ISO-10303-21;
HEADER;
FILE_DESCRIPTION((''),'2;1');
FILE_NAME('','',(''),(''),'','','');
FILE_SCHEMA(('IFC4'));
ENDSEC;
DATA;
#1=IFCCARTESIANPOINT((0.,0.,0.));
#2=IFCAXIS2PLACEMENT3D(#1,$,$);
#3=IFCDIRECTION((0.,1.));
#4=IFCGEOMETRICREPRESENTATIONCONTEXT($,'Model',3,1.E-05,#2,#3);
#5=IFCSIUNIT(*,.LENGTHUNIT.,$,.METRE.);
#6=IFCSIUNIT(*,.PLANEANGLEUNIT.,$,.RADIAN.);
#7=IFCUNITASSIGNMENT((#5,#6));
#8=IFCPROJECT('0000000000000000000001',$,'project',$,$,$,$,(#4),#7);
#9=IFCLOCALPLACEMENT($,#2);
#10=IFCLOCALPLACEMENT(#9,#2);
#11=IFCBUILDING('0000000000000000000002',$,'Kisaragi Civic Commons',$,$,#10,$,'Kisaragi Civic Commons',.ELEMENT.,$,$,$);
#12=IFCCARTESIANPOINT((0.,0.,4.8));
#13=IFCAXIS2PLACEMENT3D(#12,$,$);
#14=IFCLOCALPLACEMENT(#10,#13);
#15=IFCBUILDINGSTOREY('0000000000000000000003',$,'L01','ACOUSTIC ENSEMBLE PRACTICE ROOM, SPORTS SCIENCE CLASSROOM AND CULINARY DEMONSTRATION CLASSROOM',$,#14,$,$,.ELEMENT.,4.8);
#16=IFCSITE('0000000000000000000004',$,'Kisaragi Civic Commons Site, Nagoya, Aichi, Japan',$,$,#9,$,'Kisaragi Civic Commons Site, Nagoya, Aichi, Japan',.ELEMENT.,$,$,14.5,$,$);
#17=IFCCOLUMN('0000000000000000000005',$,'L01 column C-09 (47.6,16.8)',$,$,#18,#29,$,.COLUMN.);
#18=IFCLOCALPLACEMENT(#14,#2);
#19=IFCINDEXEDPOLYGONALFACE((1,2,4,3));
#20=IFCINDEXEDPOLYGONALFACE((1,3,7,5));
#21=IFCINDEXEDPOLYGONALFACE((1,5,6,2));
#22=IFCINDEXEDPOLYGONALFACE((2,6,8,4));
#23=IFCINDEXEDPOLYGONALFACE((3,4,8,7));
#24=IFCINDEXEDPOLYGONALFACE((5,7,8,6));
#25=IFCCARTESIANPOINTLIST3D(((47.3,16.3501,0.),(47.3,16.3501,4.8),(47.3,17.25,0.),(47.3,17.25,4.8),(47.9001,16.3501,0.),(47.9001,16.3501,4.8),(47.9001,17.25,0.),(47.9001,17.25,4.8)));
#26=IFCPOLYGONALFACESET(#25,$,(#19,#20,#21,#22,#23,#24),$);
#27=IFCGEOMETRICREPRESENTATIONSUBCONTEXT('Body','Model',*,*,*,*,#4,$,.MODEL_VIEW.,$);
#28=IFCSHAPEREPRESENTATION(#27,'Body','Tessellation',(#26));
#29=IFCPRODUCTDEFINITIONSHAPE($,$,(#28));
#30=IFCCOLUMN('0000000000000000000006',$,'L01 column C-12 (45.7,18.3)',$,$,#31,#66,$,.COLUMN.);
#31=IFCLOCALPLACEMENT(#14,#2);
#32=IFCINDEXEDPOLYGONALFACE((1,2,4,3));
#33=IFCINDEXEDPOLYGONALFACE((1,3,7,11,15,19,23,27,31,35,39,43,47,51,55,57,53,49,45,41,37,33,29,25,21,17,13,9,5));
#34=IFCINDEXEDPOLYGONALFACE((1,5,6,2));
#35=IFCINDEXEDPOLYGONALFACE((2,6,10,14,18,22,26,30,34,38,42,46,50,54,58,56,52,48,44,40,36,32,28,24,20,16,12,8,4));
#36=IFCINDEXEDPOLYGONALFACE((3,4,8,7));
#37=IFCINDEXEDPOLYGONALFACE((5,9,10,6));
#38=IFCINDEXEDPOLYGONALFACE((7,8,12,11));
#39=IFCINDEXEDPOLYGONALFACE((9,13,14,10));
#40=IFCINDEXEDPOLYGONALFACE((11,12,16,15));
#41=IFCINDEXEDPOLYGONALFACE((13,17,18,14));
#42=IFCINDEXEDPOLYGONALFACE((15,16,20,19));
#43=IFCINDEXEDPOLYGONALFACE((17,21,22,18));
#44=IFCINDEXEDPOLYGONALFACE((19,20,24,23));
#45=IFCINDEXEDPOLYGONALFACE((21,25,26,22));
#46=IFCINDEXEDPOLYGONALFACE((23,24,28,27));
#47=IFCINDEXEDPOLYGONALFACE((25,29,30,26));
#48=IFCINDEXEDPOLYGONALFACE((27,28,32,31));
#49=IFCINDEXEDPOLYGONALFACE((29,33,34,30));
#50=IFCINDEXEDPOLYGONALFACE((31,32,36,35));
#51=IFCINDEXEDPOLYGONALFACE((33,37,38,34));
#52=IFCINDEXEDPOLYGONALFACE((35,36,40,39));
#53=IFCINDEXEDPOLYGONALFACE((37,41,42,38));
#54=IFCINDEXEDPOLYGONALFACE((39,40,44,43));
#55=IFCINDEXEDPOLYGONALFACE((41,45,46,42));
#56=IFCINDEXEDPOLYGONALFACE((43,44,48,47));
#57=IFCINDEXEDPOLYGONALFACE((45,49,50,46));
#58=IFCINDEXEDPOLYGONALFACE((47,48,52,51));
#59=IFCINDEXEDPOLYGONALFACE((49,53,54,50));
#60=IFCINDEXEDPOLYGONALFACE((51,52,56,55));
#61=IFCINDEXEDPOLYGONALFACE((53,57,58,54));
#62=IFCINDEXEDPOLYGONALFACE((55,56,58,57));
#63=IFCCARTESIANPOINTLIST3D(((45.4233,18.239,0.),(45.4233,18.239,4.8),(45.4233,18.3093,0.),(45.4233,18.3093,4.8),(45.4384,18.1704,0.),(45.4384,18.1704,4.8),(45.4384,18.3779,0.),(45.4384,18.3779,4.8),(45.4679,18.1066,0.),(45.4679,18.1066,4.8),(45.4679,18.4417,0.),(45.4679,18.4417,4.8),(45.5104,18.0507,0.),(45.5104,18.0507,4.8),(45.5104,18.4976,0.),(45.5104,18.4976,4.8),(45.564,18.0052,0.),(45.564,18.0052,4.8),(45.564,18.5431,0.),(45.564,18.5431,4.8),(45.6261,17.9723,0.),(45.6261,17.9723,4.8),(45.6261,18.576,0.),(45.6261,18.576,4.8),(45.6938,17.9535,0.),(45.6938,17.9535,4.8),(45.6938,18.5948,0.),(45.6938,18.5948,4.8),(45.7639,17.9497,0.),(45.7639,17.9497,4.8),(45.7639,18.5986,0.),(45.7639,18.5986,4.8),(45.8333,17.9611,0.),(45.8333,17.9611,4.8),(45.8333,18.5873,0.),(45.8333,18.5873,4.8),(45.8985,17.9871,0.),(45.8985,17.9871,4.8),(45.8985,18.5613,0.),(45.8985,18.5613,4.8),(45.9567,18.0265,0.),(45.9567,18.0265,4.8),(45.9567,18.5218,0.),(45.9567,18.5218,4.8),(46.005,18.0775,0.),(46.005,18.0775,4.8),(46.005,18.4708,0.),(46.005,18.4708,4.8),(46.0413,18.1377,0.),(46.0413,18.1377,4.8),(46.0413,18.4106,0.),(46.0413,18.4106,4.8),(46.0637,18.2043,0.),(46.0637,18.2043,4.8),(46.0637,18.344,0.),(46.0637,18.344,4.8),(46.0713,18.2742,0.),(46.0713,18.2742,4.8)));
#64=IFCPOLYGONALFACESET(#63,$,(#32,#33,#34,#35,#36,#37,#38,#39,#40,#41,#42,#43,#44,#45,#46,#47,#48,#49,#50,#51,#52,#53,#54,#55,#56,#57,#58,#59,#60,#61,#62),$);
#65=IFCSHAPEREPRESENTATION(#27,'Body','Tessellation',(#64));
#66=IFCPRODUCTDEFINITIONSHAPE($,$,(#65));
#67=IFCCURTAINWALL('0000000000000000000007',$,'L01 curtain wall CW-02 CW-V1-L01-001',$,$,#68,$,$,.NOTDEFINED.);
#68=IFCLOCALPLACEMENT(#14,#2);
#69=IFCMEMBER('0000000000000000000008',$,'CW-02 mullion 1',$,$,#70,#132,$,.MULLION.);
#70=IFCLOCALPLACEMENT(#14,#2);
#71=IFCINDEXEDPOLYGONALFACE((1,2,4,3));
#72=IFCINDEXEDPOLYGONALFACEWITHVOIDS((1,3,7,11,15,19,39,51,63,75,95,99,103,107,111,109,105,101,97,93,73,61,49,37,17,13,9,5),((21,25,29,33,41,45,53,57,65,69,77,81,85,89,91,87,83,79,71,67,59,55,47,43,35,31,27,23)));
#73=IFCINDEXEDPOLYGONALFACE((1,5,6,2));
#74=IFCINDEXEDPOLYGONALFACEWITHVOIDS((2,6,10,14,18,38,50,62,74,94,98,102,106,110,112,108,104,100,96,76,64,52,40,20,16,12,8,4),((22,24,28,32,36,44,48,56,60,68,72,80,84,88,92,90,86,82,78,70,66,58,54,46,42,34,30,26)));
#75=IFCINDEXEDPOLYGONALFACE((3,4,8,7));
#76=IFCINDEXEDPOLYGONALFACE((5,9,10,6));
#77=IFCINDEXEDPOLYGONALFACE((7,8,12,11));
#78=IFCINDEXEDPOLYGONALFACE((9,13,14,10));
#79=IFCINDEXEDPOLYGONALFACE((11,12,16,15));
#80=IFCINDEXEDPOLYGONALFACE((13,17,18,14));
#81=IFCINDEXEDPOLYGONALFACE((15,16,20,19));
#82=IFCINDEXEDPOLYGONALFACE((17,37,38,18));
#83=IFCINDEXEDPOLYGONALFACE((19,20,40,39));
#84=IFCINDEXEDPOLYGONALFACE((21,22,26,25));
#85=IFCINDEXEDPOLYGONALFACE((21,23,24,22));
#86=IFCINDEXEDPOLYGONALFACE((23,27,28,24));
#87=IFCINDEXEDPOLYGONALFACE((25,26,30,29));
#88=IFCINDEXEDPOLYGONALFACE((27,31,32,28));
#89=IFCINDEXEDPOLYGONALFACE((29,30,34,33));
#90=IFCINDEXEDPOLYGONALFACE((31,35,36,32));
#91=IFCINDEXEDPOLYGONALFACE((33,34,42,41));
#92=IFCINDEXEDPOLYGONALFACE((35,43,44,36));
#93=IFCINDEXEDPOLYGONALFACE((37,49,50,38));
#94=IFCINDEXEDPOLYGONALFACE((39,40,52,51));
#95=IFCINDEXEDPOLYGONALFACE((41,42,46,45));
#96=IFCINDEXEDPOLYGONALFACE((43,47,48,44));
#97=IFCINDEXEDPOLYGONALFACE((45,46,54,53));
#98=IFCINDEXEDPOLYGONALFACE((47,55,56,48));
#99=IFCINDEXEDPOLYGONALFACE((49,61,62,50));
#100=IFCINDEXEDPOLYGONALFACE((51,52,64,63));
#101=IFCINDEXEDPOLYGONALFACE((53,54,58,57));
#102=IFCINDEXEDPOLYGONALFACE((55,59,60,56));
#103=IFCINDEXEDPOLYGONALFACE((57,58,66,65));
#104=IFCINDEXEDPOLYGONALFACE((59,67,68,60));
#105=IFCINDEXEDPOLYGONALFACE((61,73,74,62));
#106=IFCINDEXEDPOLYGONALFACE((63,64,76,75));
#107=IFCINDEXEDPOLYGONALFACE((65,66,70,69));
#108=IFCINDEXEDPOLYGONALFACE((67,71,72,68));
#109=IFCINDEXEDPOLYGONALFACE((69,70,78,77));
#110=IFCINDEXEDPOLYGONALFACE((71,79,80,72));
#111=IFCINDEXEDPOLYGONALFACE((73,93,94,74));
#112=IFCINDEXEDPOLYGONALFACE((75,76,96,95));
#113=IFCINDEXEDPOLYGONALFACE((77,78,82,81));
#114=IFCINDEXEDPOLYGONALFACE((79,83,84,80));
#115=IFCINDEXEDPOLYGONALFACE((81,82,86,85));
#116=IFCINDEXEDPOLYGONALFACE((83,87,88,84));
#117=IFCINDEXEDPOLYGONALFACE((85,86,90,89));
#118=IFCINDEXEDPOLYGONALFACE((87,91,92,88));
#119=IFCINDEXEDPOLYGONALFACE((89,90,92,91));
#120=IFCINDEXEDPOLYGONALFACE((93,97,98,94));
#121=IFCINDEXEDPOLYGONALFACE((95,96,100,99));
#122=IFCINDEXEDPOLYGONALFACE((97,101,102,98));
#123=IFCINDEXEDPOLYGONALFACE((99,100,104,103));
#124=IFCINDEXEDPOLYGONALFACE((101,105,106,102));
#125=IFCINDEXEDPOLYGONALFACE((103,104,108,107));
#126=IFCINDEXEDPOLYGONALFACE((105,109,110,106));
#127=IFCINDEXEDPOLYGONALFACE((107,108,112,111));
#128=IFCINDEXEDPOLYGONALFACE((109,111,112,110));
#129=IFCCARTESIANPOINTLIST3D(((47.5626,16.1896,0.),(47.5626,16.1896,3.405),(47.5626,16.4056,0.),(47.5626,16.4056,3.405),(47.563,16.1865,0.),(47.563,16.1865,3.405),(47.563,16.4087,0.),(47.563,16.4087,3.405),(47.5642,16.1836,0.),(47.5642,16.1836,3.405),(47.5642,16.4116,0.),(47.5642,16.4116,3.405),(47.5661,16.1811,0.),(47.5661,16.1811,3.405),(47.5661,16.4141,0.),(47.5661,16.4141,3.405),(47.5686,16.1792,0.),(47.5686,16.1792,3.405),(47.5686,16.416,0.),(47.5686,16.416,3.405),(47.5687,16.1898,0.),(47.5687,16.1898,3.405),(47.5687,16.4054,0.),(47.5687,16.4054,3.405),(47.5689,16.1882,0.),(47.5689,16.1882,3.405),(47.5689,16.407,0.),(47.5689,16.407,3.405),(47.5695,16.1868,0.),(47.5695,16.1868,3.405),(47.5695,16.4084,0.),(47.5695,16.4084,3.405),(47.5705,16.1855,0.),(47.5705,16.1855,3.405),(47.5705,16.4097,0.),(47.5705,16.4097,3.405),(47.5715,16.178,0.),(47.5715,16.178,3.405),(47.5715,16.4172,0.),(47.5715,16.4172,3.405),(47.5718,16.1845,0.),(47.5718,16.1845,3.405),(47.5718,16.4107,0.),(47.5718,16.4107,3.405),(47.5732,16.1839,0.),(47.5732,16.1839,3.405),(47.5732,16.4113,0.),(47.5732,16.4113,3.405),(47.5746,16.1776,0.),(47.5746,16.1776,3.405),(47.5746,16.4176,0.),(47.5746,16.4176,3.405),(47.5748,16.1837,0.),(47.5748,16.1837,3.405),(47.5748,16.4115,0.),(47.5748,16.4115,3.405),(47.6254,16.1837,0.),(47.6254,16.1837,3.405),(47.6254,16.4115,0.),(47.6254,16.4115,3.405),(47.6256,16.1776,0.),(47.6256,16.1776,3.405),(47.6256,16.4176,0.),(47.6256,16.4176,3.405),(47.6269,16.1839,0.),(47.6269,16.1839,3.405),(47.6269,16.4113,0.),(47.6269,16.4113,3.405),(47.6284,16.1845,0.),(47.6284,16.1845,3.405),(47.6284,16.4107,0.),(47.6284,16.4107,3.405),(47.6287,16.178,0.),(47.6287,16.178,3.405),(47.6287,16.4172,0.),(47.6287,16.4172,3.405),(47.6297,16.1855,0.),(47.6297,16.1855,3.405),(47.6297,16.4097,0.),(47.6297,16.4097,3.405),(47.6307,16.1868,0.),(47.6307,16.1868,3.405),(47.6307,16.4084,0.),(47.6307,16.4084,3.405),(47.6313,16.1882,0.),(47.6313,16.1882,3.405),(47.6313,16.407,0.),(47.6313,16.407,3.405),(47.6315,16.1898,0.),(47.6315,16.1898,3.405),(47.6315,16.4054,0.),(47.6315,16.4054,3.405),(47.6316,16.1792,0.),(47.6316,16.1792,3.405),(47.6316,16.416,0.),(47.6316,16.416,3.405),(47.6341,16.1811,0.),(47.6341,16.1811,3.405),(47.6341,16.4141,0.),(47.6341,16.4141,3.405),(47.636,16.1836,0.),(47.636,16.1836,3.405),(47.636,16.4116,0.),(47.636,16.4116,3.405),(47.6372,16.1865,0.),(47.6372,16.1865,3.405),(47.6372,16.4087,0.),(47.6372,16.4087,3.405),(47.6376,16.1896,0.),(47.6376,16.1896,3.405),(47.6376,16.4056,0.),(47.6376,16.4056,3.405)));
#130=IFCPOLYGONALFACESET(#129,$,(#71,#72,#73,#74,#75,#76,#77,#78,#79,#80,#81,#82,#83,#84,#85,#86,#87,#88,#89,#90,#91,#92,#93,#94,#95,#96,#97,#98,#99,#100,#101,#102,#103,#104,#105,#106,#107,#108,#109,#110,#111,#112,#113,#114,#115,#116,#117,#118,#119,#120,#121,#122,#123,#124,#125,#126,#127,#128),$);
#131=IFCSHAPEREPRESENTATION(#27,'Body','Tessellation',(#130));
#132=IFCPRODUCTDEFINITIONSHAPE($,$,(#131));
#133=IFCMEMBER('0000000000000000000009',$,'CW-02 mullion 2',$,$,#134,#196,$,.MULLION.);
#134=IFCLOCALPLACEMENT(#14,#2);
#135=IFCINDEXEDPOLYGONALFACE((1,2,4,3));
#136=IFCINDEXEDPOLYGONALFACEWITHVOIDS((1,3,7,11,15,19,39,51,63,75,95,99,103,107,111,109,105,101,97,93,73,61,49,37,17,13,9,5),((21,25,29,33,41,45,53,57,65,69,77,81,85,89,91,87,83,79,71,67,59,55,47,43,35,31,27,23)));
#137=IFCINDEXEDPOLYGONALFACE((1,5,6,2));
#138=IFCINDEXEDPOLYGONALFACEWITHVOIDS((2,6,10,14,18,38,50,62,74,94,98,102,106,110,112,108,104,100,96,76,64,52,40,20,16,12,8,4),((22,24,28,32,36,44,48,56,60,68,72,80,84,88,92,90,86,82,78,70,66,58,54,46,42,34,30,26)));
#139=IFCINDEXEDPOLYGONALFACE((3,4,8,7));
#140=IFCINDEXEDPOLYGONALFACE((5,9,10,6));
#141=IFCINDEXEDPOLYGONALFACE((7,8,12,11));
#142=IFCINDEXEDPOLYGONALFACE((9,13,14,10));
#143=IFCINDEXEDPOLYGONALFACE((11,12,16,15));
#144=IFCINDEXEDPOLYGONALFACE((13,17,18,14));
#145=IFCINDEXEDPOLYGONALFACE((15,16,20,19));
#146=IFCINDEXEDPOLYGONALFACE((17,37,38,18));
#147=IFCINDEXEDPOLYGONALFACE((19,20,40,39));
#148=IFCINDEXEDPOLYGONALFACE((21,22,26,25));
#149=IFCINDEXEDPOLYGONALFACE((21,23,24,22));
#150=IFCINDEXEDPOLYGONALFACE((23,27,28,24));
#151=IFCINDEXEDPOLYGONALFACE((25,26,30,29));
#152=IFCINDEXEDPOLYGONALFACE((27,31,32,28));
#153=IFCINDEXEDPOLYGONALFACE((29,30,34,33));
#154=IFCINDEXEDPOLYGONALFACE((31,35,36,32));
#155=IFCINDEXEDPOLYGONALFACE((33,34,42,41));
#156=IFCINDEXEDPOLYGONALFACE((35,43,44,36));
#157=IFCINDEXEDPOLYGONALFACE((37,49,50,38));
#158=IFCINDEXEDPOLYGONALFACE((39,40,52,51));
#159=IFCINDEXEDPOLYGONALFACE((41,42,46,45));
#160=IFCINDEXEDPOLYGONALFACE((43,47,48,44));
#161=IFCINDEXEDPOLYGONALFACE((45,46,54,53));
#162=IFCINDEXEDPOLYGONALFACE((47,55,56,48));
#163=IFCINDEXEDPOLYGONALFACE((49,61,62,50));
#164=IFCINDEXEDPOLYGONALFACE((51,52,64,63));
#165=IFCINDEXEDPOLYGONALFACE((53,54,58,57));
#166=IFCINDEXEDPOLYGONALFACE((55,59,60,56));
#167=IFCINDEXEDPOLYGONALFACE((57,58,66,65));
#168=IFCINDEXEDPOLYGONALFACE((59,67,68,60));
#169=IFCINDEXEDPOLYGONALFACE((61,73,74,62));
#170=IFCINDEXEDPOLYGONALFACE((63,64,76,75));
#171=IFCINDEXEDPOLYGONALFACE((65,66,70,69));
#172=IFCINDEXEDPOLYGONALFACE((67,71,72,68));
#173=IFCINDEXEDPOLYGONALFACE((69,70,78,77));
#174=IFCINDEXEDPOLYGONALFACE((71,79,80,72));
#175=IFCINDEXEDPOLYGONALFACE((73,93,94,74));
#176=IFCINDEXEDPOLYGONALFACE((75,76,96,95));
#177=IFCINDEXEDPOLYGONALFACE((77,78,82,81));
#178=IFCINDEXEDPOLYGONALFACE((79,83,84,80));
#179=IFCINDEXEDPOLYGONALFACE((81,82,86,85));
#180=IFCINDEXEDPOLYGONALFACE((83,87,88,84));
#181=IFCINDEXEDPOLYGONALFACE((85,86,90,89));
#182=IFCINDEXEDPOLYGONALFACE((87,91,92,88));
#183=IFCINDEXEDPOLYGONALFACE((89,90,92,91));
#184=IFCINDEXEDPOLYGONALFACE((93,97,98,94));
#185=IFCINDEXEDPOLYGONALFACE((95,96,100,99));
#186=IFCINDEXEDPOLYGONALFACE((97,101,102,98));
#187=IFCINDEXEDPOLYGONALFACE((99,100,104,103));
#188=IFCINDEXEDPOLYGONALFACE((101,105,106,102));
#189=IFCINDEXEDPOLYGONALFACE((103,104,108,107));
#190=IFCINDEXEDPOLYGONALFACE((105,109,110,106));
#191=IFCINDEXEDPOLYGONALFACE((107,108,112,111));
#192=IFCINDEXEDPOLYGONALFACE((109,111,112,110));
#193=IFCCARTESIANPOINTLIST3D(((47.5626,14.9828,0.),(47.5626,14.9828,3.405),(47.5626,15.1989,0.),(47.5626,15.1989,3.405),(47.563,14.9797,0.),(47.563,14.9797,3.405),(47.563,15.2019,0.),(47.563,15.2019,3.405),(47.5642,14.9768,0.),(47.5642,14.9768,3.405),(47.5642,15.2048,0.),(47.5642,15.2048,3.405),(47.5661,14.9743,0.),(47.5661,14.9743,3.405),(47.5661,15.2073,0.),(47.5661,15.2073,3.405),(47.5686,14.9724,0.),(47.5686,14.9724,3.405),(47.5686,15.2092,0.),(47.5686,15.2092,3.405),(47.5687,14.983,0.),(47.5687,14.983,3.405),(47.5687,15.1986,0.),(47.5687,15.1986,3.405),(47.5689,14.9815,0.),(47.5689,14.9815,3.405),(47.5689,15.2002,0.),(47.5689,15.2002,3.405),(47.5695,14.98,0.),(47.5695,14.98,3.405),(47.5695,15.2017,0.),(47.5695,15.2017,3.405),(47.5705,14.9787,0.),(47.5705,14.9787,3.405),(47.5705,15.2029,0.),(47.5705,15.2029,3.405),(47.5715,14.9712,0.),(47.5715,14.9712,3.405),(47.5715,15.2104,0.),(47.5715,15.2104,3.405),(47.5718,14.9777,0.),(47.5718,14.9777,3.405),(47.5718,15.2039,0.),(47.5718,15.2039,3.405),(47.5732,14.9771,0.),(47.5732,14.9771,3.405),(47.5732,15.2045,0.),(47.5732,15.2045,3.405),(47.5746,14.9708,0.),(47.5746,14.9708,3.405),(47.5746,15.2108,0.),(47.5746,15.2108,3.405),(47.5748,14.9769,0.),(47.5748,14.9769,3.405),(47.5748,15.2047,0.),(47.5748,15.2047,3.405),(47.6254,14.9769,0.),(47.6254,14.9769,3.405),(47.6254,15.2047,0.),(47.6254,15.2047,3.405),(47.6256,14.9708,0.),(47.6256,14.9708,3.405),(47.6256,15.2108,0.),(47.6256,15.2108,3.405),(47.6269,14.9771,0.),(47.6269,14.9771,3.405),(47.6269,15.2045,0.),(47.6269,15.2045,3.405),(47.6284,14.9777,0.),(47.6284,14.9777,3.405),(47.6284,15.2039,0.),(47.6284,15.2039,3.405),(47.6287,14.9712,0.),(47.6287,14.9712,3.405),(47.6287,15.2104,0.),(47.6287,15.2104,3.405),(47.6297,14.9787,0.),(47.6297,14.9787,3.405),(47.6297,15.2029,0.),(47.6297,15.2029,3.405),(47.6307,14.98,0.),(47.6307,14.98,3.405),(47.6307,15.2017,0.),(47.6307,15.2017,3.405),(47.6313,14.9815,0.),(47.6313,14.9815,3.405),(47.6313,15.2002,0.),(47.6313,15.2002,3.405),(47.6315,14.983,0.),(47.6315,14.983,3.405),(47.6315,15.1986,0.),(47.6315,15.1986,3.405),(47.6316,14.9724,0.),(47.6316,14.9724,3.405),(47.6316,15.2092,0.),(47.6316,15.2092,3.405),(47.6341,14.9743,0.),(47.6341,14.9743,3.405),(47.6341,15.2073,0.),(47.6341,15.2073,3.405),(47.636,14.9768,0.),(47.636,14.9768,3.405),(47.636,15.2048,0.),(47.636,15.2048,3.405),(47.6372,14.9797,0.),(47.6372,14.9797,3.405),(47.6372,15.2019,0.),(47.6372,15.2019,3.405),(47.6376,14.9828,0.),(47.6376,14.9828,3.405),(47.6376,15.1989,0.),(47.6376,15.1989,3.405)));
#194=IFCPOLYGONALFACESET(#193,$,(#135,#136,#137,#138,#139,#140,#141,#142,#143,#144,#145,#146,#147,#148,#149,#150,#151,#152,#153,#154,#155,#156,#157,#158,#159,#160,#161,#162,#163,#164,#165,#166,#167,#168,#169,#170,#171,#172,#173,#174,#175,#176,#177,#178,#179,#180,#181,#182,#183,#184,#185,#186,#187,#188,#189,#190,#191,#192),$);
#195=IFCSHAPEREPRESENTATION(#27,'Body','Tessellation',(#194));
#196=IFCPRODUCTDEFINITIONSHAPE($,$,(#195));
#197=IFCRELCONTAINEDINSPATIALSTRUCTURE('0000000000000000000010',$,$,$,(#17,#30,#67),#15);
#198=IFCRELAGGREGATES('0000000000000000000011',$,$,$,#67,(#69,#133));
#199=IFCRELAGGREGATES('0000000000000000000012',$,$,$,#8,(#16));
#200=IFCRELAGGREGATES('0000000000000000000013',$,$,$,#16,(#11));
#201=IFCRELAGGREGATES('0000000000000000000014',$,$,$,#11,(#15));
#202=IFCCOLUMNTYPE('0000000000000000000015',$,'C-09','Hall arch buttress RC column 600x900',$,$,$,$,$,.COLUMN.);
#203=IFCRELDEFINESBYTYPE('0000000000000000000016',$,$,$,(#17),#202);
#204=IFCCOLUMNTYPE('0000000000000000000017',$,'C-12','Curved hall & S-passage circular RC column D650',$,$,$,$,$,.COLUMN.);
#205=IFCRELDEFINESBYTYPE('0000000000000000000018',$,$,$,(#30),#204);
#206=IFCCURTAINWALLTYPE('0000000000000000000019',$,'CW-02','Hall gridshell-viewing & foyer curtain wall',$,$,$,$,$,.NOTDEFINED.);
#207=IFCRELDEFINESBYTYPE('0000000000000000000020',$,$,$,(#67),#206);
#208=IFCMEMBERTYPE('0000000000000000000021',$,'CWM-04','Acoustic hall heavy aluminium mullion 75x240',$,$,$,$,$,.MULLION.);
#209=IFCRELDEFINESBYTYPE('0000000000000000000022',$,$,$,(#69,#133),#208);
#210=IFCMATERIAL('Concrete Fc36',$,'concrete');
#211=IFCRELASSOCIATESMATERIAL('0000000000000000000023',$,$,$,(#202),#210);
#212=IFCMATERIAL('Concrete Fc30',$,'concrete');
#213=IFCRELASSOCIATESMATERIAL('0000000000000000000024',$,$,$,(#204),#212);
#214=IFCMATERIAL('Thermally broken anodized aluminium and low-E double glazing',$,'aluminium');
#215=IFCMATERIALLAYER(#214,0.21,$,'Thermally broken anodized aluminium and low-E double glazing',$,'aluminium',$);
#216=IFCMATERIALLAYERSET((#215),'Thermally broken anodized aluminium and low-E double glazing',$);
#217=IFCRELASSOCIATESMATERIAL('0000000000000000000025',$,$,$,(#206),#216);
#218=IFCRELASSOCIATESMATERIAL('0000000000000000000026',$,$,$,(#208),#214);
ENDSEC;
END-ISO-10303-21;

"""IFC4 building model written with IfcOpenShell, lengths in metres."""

from ifc_helpers import new_model, si_unit, direction, frame, origin, origin_2d, place, context, subcontext, project, spatial, rectangle, hollow_rectangle, circle, extrude, material, layer, layer_set, material_profile, profile_set, type_object, element, aggregate, save


model = new_model("IFC4")

# Units and contexts
model_context = context("Model", 3, precision=1e-05, world=origin(), true_north=direction((0.0, 1.0)))
body_context = subcontext(model_context, "Body", "Model", "MODEL_VIEW")
ifc_project = project(units=[si_unit("LENGTHUNIT", "METRE"), si_unit("PLANEANGLEUNIT", "RADIAN")], contexts=[model_context])

# Site, building, storey
site_placement = place(None, origin())
site = spatial("IfcSite", under=ifc_project, at=site_placement, Name="Kisaragi Civic Commons Site, Nagoya, Aichi, Japan", LongName="Kisaragi Civic Commons Site, Nagoya, Aichi, Japan", CompositionType="ELEMENT", RefElevation=14.5)
building_placement = place(site_placement, origin())
building = spatial("IfcBuilding", under=site, at=building_placement, Name="Kisaragi Civic Commons", LongName="Kisaragi Civic Commons", CompositionType="ELEMENT")
storey_placement = place(building_placement, frame((0.0, 0.0, 4.8)))
storey = spatial("IfcBuildingStorey", under=building, at=storey_placement, Name="L01", Description="ACOUSTIC ENSEMBLE PRACTICE ROOM, SPORTS SCIENCE CLASSROOM AND CULINARY DEMONSTRATION CLASSROOM", CompositionType="ELEMENT", Elevation=4.8)

# Columns
ifc_material_1 = material(Name="Concrete Fc36", Category="concrete")
ifc_material_profile_1 = material_profile(ifc_material_1, rectangle(XDim=0.6001, YDim=0.8999, at=origin_2d()), Name="RC-600x900", Category="concrete")
ifc_profile_set_1 = profile_set([ifc_material_profile_1], Name="Concrete Fc36")
column_type_1 = type_object("IfcColumnType", Name="C-09", Description="Hall arch buttress RC column 600x900", PredefinedType="COLUMN", material=ifc_profile_set_1)
column_1_placement = place(storey_placement, frame((47.6001, 16.8, 0.0), z_axis=(0.0, 0.0, 1.0), x_axis=(1.0, 0.0, 0.0)))
element("IfcColumn", 1, at=column_1_placement, inside=storey, type_object=column_type_1, Name="L01 column C-09 (47.6,16.8)", PredefinedType="COLUMN", context=body_context, shape_type="SweptSolid", body=[
    extrude(rectangle(XDim=0.6001, YDim=0.8999, at=origin_2d()), origin(), (0.0, 0.0, 1.0), 4.8),
])
ifc_material_2 = material(Name="Concrete Fc30", Category="concrete")
ifc_material_profile_2 = material_profile(ifc_material_2, circle(Radius=0.325, at=origin_2d()), Name="RC-D650", Category="concrete")
ifc_profile_set_2 = profile_set([ifc_material_profile_2], Name="Concrete Fc30")
column_type_2 = type_object("IfcColumnType", Name="C-12", Description="Curved hall & S-passage circular RC column D650", PredefinedType="COLUMN", material=ifc_profile_set_2)
column_2_placement = place(storey_placement, frame((45.7463, 18.2742, 0.0), z_axis=(0.0, 0.0, 1.0), x_axis=(1.0, 0.0, 0.0)))
element("IfcColumn", 2, at=column_2_placement, inside=storey, type_object=column_type_2, Name="L01 column C-12 (45.7,18.3)", PredefinedType="COLUMN", context=body_context, shape_type="SweptSolid", body=[
    extrude(circle(Radius=0.325, at=origin_2d()), origin(), (0.0, 0.0, 1.0), 4.8),
])

# Curtain wall, members
ifc_material_3 = material(Name="Thermally broken anodized aluminium and low-E double glazing", Category="aluminium")
ifc_layer_1 = layer(ifc_material_3, 0.21, Name="Thermally broken anodized aluminium and low-E double glazing", Category="aluminium")
ifc_layer_set_1 = layer_set([ifc_layer_1], Name="Thermally broken anodized aluminium and low-E double glazing")
curtain_wall_type = type_object("IfcCurtainWallType", Name="CW-02", Description="Hall gridshell-viewing & foyer curtain wall", PredefinedType="NOTDEFINED", material=ifc_layer_set_1)
curtain_wall_placement = place(storey_placement, origin())
curtain_wall = element("IfcCurtainWall", 3, at=curtain_wall_placement, inside=storey, type_object=curtain_wall_type, Name="L01 curtain wall CW-02 CW-V1-L01-001", PredefinedType="NOTDEFINED")
ifc_material_profile_3 = material_profile(ifc_material_3, hollow_rectangle(XDim=0.075, YDim=0.24, WallThickness=0.0061, InnerFilletRadius=0.0061, OuterFilletRadius=0.012, at=origin_2d()), Name="CWM-75x240x6", Category="aluminium")
ifc_profile_set_3 = profile_set([ifc_material_profile_3], Name="Thermally broken anodized aluminium and low-E double glazing")
member_type_1 = type_object("IfcMemberType", Name="CWM-04", Description="Acoustic hall heavy aluminium mullion 75x240", PredefinedType="MULLION", material=ifc_profile_set_3)
member_1_placement = place(storey_placement, frame((47.6001, 16.2976, 0.0), z_axis=(0.0, 0.0, 1.0), x_axis=(1.0, 0.0, 0.0)))
member_1 = element("IfcMember", 4, at=member_1_placement, type_object=member_type_1, Name="CW-02 mullion 1", PredefinedType="MULLION", context=body_context, shape_type="SweptSolid", body=[
    extrude(hollow_rectangle(XDim=0.075, YDim=0.24, WallThickness=0.0061, InnerFilletRadius=0.0061, OuterFilletRadius=0.012, at=origin_2d()), origin(), (0.0, 0.0, 1.0), 3.405),
])
member_2_placement = place(storey_placement, frame((47.6001, 15.0908, 0.0), z_axis=(0.0, 0.0, 1.0), x_axis=(1.0, 0.0, 0.0)))
member_2 = element("IfcMember", 5, at=member_2_placement, type_object=member_type_1, Name="CW-02 mullion 2", PredefinedType="MULLION", context=body_context, shape_type="SweptSolid", body=[
    extrude(hollow_rectangle(XDim=0.075, YDim=0.24, WallThickness=0.0061, InnerFilletRadius=0.0061, OuterFilletRadius=0.012, at=origin_2d()), origin(), (0.0, 0.0, 1.0), 3.405),
])

aggregate(curtain_wall, [member_1, member_2])

save(model, "model.ifc")
